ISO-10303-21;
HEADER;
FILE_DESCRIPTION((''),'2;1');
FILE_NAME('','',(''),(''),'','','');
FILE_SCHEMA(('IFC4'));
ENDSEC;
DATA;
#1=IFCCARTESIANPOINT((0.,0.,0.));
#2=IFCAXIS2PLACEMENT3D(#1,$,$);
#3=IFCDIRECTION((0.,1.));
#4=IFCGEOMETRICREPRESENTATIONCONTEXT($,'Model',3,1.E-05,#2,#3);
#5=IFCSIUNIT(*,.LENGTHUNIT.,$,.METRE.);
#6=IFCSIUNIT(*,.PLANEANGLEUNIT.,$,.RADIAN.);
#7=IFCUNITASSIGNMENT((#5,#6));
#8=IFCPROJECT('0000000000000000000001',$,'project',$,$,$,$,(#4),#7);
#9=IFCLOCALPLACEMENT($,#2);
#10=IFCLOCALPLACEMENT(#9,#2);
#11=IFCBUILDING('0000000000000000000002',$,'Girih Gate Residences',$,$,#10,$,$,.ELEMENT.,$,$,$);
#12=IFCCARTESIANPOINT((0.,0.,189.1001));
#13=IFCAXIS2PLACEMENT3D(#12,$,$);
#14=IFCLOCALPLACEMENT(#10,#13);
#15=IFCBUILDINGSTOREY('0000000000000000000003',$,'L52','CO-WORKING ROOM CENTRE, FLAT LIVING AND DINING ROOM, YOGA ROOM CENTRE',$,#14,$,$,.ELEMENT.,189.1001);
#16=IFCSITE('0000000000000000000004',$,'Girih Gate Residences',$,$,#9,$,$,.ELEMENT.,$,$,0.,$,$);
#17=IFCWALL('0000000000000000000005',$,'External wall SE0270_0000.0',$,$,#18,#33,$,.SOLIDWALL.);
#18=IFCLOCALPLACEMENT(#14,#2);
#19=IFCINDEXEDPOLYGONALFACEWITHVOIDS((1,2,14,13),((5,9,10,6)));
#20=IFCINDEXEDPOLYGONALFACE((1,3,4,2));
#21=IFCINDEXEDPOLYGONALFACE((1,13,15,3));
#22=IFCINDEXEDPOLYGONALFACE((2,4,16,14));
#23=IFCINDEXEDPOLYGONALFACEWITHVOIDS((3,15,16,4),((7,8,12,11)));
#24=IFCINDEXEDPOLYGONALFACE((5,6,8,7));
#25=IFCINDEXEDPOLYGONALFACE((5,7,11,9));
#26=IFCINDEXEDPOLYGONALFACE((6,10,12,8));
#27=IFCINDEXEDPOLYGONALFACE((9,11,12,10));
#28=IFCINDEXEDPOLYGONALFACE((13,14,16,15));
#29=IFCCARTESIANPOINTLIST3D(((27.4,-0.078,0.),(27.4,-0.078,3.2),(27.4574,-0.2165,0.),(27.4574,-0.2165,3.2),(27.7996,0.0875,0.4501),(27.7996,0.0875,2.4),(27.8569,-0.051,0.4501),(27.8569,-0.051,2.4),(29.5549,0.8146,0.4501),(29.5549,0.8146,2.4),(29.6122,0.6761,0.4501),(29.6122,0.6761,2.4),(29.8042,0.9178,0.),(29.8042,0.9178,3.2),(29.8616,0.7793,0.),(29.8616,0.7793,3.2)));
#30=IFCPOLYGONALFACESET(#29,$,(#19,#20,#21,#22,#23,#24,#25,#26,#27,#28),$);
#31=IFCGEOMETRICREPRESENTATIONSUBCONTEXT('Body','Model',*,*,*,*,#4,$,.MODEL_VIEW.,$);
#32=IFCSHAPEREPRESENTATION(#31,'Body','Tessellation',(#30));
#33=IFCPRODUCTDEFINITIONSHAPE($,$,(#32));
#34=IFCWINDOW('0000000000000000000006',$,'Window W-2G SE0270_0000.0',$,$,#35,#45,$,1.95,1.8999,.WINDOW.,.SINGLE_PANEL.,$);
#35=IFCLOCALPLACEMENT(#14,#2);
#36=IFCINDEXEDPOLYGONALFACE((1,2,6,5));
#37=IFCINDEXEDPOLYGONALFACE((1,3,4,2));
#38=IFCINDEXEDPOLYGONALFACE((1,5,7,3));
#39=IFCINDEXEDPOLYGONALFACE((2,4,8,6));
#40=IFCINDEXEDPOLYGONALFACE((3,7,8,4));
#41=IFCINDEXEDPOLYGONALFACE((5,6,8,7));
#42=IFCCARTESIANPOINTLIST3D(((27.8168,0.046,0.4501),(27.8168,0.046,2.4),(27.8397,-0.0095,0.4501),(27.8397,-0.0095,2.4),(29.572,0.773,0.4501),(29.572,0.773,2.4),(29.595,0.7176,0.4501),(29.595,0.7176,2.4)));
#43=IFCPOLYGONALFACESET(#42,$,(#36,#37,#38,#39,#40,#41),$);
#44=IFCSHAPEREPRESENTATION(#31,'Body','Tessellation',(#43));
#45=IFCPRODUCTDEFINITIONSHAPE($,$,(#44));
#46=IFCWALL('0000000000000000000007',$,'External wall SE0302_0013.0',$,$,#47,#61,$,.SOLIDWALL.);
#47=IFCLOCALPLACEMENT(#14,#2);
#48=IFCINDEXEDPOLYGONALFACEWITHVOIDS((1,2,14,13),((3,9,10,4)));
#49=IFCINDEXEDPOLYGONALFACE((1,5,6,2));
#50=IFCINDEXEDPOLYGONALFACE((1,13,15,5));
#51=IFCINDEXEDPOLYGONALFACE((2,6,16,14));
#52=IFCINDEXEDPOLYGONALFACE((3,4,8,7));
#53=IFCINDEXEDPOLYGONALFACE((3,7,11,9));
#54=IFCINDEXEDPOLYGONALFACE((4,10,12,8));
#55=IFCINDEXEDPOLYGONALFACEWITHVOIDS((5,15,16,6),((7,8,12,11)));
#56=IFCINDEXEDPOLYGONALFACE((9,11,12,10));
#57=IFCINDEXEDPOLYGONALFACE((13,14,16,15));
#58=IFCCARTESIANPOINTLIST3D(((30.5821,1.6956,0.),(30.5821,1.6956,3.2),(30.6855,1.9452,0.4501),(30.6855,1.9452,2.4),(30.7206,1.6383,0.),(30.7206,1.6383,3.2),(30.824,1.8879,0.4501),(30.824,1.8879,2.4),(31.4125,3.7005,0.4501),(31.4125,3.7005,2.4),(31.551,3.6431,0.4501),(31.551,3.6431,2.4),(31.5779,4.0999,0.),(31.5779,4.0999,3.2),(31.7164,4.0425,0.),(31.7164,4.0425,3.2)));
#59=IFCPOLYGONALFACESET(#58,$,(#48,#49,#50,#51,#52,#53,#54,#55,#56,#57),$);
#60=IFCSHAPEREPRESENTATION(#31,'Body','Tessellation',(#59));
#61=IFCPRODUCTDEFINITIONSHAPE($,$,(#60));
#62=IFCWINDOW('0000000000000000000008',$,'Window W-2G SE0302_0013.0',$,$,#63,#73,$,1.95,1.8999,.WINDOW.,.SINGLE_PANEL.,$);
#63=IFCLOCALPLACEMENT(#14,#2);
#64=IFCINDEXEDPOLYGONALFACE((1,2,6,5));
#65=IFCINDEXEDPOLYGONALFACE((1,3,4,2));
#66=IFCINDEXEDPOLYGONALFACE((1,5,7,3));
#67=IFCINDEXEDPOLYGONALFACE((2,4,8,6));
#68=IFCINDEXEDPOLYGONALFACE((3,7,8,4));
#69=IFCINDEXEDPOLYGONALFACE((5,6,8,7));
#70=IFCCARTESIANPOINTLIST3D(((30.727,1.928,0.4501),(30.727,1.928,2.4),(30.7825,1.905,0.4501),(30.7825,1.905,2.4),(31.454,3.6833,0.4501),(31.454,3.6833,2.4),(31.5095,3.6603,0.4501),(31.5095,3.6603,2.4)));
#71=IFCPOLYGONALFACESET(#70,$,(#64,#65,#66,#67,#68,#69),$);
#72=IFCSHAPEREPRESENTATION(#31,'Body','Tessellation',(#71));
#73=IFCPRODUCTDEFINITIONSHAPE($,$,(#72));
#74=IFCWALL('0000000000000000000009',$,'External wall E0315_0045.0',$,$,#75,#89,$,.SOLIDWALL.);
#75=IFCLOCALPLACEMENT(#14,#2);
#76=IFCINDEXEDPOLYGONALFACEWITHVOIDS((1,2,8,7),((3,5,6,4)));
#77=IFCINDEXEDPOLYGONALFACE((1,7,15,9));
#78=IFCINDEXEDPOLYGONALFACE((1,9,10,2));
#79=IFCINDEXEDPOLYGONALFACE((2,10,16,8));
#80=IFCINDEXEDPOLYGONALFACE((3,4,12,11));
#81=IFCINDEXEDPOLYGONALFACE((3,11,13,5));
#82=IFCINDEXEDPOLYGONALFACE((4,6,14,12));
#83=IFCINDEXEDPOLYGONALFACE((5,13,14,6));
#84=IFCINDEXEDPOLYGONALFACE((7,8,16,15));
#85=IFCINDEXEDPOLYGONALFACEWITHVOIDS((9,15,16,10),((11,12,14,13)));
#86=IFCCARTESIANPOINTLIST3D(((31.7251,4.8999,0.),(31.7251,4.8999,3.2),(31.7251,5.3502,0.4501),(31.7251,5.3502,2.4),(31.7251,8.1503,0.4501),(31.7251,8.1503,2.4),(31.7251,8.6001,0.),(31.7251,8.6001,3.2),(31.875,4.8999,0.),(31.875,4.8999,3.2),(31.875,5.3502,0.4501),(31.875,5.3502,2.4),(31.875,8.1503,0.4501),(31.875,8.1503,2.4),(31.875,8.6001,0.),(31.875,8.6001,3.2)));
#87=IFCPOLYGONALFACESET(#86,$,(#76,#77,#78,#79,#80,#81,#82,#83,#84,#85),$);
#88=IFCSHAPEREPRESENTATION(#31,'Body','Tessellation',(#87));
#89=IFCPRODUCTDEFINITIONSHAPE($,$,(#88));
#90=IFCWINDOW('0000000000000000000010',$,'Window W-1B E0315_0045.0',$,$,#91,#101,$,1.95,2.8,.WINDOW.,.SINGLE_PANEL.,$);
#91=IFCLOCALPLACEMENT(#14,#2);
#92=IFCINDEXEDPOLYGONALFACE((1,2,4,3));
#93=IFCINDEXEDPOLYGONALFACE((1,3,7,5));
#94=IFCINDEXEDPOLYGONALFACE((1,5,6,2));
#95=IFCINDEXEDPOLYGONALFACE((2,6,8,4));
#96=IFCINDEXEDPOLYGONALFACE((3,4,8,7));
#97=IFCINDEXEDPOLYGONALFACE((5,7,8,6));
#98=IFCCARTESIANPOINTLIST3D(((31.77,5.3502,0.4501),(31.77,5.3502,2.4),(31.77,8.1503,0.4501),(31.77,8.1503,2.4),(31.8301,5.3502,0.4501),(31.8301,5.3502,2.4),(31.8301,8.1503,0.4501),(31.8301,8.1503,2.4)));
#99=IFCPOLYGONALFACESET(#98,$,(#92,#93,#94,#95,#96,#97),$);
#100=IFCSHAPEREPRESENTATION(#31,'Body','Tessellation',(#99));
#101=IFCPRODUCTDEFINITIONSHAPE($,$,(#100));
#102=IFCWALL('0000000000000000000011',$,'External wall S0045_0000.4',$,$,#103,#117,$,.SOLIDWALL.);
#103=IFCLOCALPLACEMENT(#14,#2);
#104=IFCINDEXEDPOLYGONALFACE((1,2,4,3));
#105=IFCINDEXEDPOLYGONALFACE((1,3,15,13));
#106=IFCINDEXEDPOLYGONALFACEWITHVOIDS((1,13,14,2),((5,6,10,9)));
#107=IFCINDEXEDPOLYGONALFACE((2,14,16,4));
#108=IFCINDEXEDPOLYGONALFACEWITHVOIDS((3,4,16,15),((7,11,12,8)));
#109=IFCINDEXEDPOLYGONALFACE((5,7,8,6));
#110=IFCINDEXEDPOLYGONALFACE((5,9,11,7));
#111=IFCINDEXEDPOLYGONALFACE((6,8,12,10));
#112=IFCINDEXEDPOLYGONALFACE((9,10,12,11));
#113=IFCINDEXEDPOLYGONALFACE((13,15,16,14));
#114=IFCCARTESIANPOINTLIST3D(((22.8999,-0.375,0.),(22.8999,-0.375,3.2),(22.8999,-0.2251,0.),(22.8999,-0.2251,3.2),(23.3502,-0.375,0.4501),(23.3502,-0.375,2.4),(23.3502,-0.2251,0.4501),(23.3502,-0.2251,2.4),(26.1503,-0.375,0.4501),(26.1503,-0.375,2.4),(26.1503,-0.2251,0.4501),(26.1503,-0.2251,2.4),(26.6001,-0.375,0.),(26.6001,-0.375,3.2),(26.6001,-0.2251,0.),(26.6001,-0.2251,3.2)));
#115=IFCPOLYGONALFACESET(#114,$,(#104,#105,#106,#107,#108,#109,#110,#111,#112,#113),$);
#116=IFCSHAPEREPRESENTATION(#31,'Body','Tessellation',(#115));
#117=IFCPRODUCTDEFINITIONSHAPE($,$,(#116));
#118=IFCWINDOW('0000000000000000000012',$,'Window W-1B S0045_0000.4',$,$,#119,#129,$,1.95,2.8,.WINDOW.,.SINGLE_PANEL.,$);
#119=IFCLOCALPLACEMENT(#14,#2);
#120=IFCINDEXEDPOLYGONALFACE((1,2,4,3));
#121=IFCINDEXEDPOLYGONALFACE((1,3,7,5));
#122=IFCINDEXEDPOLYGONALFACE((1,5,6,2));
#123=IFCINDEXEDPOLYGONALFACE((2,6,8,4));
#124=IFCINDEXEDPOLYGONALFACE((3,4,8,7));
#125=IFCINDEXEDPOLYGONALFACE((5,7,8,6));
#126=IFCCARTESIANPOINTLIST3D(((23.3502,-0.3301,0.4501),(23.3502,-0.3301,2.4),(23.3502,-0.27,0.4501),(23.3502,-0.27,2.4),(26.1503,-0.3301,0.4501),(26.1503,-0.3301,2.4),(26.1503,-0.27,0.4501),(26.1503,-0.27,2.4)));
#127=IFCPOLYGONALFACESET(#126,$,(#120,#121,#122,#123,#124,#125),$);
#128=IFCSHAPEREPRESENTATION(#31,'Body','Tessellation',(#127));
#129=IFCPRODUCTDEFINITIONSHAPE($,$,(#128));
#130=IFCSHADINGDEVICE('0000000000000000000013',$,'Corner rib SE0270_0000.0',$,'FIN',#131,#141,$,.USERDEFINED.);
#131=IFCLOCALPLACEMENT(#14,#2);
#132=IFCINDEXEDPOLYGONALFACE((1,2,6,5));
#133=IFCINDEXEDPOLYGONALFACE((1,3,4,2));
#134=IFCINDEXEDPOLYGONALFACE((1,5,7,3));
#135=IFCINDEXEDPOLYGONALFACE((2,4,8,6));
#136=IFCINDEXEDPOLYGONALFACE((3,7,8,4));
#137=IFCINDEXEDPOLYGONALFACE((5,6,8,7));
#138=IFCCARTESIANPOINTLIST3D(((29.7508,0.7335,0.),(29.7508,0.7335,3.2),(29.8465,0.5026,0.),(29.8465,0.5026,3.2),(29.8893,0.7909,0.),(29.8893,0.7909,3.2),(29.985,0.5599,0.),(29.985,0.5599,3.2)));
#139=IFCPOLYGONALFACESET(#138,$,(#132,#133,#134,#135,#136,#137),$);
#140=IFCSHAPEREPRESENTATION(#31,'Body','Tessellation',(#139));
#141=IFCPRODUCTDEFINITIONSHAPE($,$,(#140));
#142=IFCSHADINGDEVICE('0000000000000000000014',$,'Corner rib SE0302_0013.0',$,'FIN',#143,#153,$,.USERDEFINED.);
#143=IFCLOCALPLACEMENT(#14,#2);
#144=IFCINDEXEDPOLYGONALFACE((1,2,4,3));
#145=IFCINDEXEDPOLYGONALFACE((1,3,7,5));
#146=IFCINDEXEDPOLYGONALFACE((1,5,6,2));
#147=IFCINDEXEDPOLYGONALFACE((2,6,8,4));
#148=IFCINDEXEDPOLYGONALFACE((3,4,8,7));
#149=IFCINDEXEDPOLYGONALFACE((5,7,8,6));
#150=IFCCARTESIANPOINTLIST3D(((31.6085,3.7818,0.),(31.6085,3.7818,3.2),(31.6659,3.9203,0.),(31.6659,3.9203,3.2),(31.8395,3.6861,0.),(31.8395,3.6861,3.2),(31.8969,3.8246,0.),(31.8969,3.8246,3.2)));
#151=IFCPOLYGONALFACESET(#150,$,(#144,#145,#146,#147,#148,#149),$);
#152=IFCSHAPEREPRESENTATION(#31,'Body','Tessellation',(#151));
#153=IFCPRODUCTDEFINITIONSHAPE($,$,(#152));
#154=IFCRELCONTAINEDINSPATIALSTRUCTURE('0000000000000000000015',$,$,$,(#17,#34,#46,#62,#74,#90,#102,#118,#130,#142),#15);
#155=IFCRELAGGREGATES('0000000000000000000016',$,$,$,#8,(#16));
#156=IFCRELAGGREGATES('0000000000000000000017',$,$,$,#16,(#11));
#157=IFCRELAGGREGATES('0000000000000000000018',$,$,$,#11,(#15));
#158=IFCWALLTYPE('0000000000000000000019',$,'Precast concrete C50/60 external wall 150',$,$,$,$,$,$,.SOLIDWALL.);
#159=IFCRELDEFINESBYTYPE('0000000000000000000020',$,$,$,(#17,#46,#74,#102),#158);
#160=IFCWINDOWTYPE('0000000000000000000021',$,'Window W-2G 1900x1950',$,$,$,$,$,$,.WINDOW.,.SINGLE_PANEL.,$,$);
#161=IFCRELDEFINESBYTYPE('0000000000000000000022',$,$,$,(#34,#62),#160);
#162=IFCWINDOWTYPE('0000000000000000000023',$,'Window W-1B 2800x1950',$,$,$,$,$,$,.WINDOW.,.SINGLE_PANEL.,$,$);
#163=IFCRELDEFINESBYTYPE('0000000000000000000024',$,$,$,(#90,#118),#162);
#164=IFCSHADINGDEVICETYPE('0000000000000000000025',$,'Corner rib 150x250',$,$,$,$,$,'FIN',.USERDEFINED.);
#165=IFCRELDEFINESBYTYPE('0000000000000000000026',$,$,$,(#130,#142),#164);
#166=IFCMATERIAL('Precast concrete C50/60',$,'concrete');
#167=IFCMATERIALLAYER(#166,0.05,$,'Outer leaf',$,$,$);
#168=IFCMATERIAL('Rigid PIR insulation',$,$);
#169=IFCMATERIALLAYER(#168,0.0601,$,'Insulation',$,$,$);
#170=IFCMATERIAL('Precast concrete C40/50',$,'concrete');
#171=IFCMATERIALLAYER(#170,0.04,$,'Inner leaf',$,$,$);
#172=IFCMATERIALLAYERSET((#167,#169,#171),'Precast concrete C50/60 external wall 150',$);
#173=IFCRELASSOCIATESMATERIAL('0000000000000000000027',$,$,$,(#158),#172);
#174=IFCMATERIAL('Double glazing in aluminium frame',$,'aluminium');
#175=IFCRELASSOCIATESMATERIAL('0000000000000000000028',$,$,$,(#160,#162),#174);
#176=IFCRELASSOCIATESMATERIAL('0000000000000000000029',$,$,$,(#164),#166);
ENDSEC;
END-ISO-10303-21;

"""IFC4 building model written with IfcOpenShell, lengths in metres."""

from ifc_helpers import new_model, si_unit, direction, frame, frame_2d, origin, origin_2d, place, context, subcontext, project, spatial, rectangle, extrude, material, layer, layer_set, type_object, element, fill, save


model = new_model("IFC4")

# Units and contexts
model_context = context("Model", 3, precision=1e-05, world=origin(), true_north=direction((0.0, 1.0)))
body_context = subcontext(model_context, "Body", "Model", "MODEL_VIEW")
ifc_project = project(units=[si_unit("LENGTHUNIT", "METRE"), si_unit("PLANEANGLEUNIT", "RADIAN")], contexts=[model_context])

# Site, building, storey
site_placement = place(None, origin())
site = spatial("IfcSite", under=ifc_project, at=site_placement, Name="Girih Gate Residences", CompositionType="ELEMENT", RefElevation=0.0)
building_placement = place(site_placement, origin())
building = spatial("IfcBuilding", under=site, at=building_placement, Name="Girih Gate Residences", CompositionType="ELEMENT")
storey_placement = place(building_placement, frame((0.0, 0.0, 189.1001)))
storey = spatial("IfcBuildingStorey", under=building, at=storey_placement, Name="L52", Description="CO-WORKING ROOM CENTRE, FLAT LIVING AND DINING ROOM, YOGA ROOM CENTRE", CompositionType="ELEMENT", Elevation=189.1001)

# Walls, openings, windows
ifc_material_1 = material(Name="Precast concrete C50/60", Category="concrete")
ifc_layer_1 = layer(ifc_material_1, 0.05, Name="Outer leaf")
ifc_material_2 = material(Name="Rigid PIR insulation")
ifc_layer_2 = layer(ifc_material_2, 0.0601, Name="Insulation")
ifc_material_3 = material(Name="Precast concrete C40/50", Category="concrete")
ifc_layer_3 = layer(ifc_material_3, 0.04, Name="Inner leaf")
ifc_layer_set_1 = layer_set([ifc_layer_1, ifc_layer_2, ifc_layer_3], Name="Precast concrete C50/60 external wall 150")
wall_type_1 = type_object("IfcWallType", Name="Precast concrete C50/60 external wall 150", PredefinedType="SOLIDWALL", material=ifc_layer_set_1)
wall_1_placement = place(storey_placement, frame((29.833, 0.8486, 0.0), z_axis=(0.0, 0.0, 1.0), x_axis=(-0.923885, -0.382669, 0.0)))
wall_1 = element("IfcWall", 1, at=wall_1_placement, inside=storey, type_object=wall_type_1, Name="External wall SE0270_0000.0", PredefinedType="SOLIDWALL", context=body_context, shape_type="SweptSolid", body=[
    extrude(rectangle(XDim=2.6023, YDim=0.1499, at=frame_2d((1.3013, 0.0))), origin(), (0.0, 0.0, 1.0), 3.2),
])
opening_1_placement = place(wall_1_placement, frame((0.27, 0.0, 0.45)))
opening_1 = element("IfcOpeningElement", 2, at=opening_1_placement, cuts=wall_1, PredefinedType="OPENING", context=body_context, shape_type="SweptSolid", body=[
    extrude(rectangle(XDim=1.8999, YDim=1.95, at=frame_2d((0.95, 0.9751))), frame((0.0, 0.085, 0.0), z_axis=(0.0, -1.0, 0.0), x_axis=(1.0, 0.0, 0.0)), (0.0, 0.0, 1.0), 0.1699),
])
ifc_material_4 = material(Name="Double glazing in aluminium frame", Category="aluminium")
window_type_1 = type_object("IfcWindowType", Name="Window W-2G 1900x1950", PartitioningType="SINGLE_PANEL", PredefinedType="WINDOW", material=ifc_material_4)
window_1_placement = place(opening_1_placement, origin())
window_1 = element("IfcWindow", 3, at=window_1_placement, inside=storey, type_object=window_type_1, Name="Window W-2G SE0270_0000.0", OverallHeight=1.95, OverallWidth=1.8999, PartitioningType="SINGLE_PANEL", PredefinedType="WINDOW", context=body_context, shape_type="SweptSolid", body=[
    extrude(rectangle(XDim=1.8999, YDim=1.95, at=frame_2d((0.95, 0.9751))), frame((0.0, 0.03, 0.0), z_axis=(0.0, -1.0, 0.0), x_axis=(1.0, 0.0, 0.0)), (0.0, 0.0, 1.0), 0.0601),
])
fill(opening_1, window_1)
wall_2_placement = place(storey_placement, frame((31.6472, 4.0713, 0.0), z_axis=(0.0, 0.0, 1.0), x_axis=(-0.382669, -0.923885, 0.0)))
wall_2 = element("IfcWall", 4, at=wall_2_placement, inside=storey, type_object=wall_type_1, Name="External wall SE0302_0013.0", PredefinedType="SOLIDWALL", context=body_context, shape_type="SweptSolid", body=[
    extrude(rectangle(XDim=2.6023, YDim=0.1499, at=frame_2d((1.3013, 0.0))), origin(), (0.0, 0.0, 1.0), 3.2),
])
opening_2_placement = place(wall_2_placement, frame((0.4324, 0.0, 0.45)))
opening_2 = element("IfcOpeningElement", 5, at=opening_2_placement, cuts=wall_2, PredefinedType="OPENING", context=body_context, shape_type="SweptSolid", body=[
    extrude(rectangle(XDim=1.8999, YDim=1.95, at=frame_2d((0.95, 0.9751))), frame((0.0, 0.085, 0.0), z_axis=(0.0, -1.0, 0.0), x_axis=(1.0, 0.0, 0.0)), (0.0, 0.0, 1.0), 0.1699),
])
window_2_placement = place(opening_2_placement, origin())
window_2 = element("IfcWindow", 6, at=window_2_placement, inside=storey, type_object=window_type_1, Name="Window W-2G SE0302_0013.0", OverallHeight=1.95, OverallWidth=1.8999, PartitioningType="SINGLE_PANEL", PredefinedType="WINDOW", context=body_context, shape_type="SweptSolid", body=[
    extrude(rectangle(XDim=1.8999, YDim=1.95, at=frame_2d((0.95, 0.9751))), frame((0.0, 0.03, 0.0), z_axis=(0.0, -1.0, 0.0), x_axis=(1.0, 0.0, 0.0)), (0.0, 0.0, 1.0), 0.0601),
])
fill(opening_2, window_2)
wall_3_placement = place(storey_placement, frame((31.8, 8.6001, 0.0), z_axis=(0.0, 0.0, 1.0), x_axis=(0.0, -1.0, 0.0)))
wall_3 = element("IfcWall", 7, at=wall_3_placement, inside=storey, type_object=wall_type_1, Name="External wall E0315_0045.0", PredefinedType="SOLIDWALL", context=body_context, shape_type="SweptSolid", body=[
    extrude(rectangle(XDim=3.7002, YDim=0.1499, at=frame_2d((1.8501, 0.0))), origin(), (0.0, 0.0, 1.0), 3.2),
])
opening_3_placement = place(wall_3_placement, frame((0.45, 0.0, 0.45)))
opening_3 = element("IfcOpeningElement", 8, at=opening_3_placement, cuts=wall_3, PredefinedType="OPENING", context=body_context, shape_type="SweptSolid", body=[
    extrude(rectangle(XDim=2.8, YDim=1.95, at=frame_2d((1.3999, 0.9751))), frame((0.0, 0.085, 0.0), z_axis=(0.0, -1.0, 0.0), x_axis=(1.0, 0.0, 0.0)), (0.0, 0.0, 1.0), 0.1699),
])
window_type_2 = type_object("IfcWindowType", Name="Window W-1B 2800x1950", PartitioningType="SINGLE_PANEL", PredefinedType="WINDOW", material=ifc_material_4)
window_3_placement = place(opening_3_placement, origin())
window_3 = element("IfcWindow", 9, at=window_3_placement, inside=storey, type_object=window_type_2, Name="Window W-1B E0315_0045.0", OverallHeight=1.95, OverallWidth=2.8, PartitioningType="SINGLE_PANEL", PredefinedType="WINDOW", context=body_context, shape_type="SweptSolid", body=[
    extrude(rectangle(XDim=2.8, YDim=1.95, at=frame_2d((1.3999, 0.9751))), frame((0.0, 0.03, 0.0), z_axis=(0.0, -1.0, 0.0), x_axis=(1.0, 0.0, 0.0)), (0.0, 0.0, 1.0), 0.0601),
])
fill(opening_3, window_3)
wall_4_placement = place(storey_placement, frame((26.6001, -0.3, 0.0), z_axis=(0.0, 0.0, 1.0), x_axis=(-1.0, 0.0, 0.0)))
wall_4 = element("IfcWall", 10, at=wall_4_placement, inside=storey, type_object=wall_type_1, Name="External wall S0045_0000.4", PredefinedType="SOLIDWALL", context=body_context, shape_type="SweptSolid", body=[
    extrude(rectangle(XDim=3.7002, YDim=0.1499, at=frame_2d((1.8501, 0.0))), origin(), (0.0, 0.0, 1.0), 3.2),
])
opening_4_placement = place(wall_4_placement, frame((0.45, 0.0, 0.45)))
opening_4 = element("IfcOpeningElement", 11, at=opening_4_placement, cuts=wall_4, PredefinedType="OPENING", context=body_context, shape_type="SweptSolid", body=[
    extrude(rectangle(XDim=2.8, YDim=1.95, at=frame_2d((1.3999, 0.9751))), frame((0.0, 0.085, 0.0), z_axis=(0.0, -1.0, 0.0), x_axis=(1.0, 0.0, 0.0)), (0.0, 0.0, 1.0), 0.1699),
])
window_4_placement = place(opening_4_placement, origin())
window_4 = element("IfcWindow", 12, at=window_4_placement, inside=storey, type_object=window_type_2, Name="Window W-1B S0045_0000.4", OverallHeight=1.95, OverallWidth=2.8, PartitioningType="SINGLE_PANEL", PredefinedType="WINDOW", context=body_context, shape_type="SweptSolid", body=[
    extrude(rectangle(XDim=2.8, YDim=1.95, at=frame_2d((1.3999, 0.9751))), frame((0.0, 0.03, 0.0), z_axis=(0.0, -1.0, 0.0), x_axis=(1.0, 0.0, 0.0)), (0.0, 0.0, 1.0), 0.0601),
])
fill(opening_4, window_4)

# Shading devices
shading_device_type = type_object("IfcShadingDeviceType", Name="Corner rib 150x250", ElementType="FIN", PredefinedType="USERDEFINED", material=ifc_material_1)
for number, where, z_axis, x_axis, name in (
    (13, (29.8679, 0.6467, 0.0), (0.0, 0.0, 1.0), (0.92388, 0.382683, 0.0), "Corner rib SE0270_0000.0"),
    (14, (31.7527, 3.8032, 0.0), (0.0, 0.0, 1.0), (0.382683, 0.92388, 0.0), "Corner rib SE0302_0013.0"),
):
    element("IfcShadingDevice", number, at=place(storey_placement, frame(where, z_axis=z_axis, x_axis=x_axis)), inside=storey, type_object=shading_device_type, Name=name, ObjectType="FIN", PredefinedType="USERDEFINED", context=body_context, shape_type="SweptSolid", body=[
        extrude(rectangle(XDim=0.1499, YDim=0.25, at=origin_2d()), origin(), (0.0, 0.0, 1.0), 3.2),
    ])

save(model, "model.ifc")
